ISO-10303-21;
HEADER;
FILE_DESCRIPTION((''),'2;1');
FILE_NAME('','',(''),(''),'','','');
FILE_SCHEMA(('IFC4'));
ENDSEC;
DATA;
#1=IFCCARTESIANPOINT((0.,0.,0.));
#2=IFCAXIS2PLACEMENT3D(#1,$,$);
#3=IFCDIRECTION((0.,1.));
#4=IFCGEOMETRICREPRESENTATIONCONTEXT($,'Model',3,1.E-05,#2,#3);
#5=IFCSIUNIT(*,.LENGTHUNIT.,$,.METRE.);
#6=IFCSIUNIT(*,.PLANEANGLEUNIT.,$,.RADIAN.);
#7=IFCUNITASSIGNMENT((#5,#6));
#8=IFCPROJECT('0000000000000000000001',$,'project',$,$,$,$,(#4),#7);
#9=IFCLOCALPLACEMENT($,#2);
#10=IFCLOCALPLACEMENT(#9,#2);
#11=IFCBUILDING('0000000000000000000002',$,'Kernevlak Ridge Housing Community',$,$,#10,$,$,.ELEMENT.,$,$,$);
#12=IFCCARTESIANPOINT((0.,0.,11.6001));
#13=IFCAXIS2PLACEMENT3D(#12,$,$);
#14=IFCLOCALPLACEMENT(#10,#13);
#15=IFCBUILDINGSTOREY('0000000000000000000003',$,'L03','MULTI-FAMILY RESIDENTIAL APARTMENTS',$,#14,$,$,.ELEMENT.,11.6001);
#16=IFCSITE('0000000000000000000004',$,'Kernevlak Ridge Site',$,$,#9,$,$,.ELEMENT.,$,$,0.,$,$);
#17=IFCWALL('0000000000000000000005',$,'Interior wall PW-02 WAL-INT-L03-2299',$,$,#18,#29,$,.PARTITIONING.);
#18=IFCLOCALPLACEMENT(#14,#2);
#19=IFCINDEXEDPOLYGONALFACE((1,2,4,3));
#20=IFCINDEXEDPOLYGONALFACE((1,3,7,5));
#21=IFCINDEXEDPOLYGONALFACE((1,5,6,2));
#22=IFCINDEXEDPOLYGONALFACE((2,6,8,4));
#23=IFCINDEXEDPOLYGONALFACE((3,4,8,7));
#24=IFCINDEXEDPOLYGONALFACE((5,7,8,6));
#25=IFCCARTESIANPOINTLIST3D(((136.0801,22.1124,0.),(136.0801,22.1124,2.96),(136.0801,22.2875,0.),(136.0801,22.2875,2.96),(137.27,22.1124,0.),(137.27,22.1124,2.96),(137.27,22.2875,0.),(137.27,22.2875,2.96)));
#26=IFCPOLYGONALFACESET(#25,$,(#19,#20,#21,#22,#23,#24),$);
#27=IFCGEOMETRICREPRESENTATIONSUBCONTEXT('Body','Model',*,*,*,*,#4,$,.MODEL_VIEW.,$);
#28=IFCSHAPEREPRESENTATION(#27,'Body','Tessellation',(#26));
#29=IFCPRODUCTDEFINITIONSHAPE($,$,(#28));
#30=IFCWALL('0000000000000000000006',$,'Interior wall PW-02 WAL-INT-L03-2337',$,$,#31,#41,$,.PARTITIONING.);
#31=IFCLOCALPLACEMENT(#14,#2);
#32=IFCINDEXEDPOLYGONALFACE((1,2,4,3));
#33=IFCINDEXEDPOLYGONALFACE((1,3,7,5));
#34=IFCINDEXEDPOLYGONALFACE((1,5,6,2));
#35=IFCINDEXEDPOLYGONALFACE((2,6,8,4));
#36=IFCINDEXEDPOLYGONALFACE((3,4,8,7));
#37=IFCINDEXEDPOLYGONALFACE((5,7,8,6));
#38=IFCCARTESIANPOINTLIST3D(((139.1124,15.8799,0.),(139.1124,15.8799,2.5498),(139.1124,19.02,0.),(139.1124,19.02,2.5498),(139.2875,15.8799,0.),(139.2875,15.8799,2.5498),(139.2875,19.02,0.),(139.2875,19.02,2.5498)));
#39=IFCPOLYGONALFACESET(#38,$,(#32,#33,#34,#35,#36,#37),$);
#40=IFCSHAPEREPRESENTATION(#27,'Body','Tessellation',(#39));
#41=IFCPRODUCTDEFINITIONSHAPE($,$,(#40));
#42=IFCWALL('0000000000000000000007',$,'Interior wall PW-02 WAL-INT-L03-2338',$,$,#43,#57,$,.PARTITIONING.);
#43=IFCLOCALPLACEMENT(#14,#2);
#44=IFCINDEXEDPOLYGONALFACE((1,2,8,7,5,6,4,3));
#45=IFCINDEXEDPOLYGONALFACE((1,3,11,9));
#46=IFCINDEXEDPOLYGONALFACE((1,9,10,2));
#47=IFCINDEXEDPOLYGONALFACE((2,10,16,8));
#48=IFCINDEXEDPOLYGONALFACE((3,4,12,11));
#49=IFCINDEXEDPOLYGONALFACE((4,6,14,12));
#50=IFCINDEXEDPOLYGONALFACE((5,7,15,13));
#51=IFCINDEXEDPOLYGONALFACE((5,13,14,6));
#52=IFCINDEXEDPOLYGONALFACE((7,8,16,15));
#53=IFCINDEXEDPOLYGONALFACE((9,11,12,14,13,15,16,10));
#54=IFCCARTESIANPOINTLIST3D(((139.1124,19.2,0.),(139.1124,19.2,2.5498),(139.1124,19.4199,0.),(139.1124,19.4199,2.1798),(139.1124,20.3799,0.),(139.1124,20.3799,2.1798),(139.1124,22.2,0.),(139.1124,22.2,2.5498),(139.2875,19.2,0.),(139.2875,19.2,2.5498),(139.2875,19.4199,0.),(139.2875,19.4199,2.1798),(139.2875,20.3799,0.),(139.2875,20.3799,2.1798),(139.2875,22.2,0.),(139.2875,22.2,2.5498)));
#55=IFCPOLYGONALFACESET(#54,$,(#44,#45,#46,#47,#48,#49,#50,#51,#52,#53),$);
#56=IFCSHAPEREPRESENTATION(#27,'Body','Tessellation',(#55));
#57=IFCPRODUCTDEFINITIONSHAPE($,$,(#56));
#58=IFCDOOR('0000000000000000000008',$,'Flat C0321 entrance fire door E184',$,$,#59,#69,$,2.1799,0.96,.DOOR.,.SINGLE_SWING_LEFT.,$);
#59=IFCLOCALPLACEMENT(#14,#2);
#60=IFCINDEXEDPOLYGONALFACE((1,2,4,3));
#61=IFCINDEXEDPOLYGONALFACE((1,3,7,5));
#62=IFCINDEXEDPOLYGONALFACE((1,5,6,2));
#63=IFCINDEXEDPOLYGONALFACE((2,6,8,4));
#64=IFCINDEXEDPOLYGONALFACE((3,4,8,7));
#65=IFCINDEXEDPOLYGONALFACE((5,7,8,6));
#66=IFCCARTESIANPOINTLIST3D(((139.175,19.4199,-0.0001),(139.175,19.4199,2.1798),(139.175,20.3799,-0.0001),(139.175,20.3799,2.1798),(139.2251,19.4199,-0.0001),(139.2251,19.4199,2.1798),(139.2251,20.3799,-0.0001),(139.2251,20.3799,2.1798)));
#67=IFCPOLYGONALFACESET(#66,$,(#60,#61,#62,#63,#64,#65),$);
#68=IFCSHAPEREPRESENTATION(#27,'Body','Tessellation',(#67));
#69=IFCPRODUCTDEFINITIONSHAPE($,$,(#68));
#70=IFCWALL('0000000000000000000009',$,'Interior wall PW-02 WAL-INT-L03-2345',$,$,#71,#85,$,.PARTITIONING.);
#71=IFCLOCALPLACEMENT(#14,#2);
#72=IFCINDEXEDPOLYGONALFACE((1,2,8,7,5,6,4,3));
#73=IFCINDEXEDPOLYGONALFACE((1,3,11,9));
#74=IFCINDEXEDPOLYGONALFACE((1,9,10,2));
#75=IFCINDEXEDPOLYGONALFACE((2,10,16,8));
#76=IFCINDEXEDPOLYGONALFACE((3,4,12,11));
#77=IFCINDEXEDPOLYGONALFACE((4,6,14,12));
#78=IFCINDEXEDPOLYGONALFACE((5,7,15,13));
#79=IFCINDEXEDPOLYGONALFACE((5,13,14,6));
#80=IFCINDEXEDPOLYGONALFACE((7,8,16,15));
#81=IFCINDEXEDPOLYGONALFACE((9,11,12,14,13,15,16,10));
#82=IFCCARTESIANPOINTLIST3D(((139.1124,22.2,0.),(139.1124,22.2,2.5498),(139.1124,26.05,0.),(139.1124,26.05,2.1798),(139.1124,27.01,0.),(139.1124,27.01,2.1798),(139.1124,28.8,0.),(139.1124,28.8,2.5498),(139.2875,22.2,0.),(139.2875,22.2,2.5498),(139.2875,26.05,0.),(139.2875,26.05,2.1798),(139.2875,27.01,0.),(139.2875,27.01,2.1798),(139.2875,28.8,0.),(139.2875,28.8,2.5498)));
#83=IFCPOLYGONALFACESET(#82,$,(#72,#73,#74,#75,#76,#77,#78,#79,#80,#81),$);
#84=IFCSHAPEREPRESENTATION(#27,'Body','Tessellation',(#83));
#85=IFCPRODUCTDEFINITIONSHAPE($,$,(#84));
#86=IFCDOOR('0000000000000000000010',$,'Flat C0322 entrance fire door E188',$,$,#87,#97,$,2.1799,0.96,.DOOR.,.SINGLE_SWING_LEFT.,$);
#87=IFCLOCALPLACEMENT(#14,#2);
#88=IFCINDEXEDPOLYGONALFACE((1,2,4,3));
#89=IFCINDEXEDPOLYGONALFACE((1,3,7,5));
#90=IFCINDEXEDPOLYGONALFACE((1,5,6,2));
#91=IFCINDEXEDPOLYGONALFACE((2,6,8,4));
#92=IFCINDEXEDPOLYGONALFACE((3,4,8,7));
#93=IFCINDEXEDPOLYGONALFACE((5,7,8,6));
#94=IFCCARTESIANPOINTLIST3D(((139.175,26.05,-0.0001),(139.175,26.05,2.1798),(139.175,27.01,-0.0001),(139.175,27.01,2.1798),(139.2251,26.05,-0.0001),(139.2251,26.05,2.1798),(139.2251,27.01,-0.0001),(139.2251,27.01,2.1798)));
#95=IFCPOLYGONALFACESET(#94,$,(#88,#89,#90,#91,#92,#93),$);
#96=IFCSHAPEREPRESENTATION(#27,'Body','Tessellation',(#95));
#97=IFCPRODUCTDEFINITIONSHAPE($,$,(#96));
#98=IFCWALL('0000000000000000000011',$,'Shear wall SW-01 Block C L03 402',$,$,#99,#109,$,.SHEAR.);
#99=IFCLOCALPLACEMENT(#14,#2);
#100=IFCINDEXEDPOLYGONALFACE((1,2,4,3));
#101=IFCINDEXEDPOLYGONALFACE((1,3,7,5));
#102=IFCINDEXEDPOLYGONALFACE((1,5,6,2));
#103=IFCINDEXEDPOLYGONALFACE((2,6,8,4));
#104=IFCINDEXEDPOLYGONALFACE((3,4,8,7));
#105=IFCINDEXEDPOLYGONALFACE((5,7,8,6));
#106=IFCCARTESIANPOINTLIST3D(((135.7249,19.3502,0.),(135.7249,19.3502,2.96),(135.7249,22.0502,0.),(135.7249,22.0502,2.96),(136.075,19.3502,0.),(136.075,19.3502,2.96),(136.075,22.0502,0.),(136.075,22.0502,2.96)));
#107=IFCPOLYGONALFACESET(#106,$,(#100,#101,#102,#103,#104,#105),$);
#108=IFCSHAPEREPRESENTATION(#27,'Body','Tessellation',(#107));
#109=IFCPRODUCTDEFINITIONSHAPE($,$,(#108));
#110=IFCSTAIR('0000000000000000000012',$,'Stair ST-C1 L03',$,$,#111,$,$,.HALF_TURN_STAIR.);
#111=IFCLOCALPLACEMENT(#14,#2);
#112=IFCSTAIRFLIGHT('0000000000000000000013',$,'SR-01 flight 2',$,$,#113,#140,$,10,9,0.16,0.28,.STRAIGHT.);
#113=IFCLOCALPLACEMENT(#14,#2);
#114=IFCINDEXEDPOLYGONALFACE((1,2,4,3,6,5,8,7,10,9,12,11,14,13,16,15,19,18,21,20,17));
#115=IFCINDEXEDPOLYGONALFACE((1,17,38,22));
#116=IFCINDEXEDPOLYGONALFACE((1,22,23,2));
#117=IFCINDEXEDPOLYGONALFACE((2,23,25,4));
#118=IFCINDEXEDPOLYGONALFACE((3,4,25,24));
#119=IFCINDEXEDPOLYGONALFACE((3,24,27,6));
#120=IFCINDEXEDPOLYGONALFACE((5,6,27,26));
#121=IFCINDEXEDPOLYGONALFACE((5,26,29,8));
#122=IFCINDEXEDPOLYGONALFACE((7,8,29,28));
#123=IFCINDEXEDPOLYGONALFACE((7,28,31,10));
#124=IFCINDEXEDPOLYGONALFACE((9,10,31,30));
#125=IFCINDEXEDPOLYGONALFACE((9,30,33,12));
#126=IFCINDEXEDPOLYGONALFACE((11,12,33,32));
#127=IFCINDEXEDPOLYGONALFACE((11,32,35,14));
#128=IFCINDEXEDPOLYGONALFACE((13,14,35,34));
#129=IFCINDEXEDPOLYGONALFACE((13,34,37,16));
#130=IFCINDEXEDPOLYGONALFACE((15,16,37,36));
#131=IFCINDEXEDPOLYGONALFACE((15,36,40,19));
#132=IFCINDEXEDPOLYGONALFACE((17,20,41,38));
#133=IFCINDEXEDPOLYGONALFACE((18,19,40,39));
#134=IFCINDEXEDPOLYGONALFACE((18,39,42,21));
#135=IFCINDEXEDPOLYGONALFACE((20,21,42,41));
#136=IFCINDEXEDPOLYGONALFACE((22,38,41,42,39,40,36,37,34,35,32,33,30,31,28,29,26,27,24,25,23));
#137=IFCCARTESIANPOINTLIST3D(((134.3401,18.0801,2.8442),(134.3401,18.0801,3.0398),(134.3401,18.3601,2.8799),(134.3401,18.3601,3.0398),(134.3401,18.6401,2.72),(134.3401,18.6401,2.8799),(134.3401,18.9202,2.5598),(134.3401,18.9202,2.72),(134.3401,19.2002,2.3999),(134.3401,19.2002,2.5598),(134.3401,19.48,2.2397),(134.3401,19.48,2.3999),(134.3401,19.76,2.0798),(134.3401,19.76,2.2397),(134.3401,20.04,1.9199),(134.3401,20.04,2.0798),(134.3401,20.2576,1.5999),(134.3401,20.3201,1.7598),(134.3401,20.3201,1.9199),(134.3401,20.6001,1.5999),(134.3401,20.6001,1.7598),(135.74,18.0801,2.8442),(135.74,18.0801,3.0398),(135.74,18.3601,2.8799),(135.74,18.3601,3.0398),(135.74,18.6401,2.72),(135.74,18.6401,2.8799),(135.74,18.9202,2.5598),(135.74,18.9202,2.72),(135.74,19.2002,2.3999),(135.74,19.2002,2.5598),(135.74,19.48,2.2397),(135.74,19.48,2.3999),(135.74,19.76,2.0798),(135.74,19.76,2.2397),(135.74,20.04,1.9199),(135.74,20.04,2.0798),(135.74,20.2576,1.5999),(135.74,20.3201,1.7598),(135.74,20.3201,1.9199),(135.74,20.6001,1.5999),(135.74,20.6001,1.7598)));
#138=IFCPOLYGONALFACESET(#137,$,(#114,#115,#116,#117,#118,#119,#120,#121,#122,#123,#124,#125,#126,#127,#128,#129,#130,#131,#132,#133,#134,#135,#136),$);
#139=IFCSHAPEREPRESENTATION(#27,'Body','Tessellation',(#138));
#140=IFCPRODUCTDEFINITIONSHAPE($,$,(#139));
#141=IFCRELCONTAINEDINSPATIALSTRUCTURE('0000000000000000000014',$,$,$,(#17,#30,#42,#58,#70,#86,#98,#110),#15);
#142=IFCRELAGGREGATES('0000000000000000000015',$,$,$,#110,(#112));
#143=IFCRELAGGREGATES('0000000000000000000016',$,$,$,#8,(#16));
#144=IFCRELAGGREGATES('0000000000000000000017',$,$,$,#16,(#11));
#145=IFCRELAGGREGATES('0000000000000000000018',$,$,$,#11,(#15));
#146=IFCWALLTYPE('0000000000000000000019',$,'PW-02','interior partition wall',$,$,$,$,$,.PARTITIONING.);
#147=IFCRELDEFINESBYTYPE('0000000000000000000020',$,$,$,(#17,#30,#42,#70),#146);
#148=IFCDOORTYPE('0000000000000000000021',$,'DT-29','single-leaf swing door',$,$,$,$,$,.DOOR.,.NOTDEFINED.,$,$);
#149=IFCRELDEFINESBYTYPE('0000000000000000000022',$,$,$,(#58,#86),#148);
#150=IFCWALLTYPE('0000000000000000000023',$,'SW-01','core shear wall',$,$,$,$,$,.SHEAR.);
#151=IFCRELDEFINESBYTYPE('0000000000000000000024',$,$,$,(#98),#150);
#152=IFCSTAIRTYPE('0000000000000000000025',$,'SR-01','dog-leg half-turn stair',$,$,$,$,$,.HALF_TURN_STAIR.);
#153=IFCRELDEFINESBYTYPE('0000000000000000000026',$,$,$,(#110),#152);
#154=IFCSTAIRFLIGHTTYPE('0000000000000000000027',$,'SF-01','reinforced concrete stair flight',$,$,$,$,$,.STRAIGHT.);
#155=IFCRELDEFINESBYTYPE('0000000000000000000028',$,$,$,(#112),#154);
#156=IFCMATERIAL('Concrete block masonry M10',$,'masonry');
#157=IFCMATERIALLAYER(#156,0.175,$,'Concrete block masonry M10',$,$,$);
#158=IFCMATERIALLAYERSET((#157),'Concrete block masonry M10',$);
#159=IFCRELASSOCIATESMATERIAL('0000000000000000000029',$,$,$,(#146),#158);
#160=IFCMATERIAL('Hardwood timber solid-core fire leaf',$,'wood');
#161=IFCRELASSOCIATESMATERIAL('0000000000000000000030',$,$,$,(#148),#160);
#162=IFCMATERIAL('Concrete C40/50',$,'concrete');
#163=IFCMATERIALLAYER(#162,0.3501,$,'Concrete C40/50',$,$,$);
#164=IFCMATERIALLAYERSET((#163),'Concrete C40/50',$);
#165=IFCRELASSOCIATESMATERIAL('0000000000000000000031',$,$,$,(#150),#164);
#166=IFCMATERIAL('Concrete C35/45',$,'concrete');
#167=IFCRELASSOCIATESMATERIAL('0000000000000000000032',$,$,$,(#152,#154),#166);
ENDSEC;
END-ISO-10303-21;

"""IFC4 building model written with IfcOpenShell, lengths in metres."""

from ifc_helpers import new_model, si_unit, direction, frame, frame_2d, origin, place, context, subcontext, project, spatial, polyline, rectangle, outline, extrude, material, layer, layer_set, type_object, element, fill, aggregate, save


model = new_model("IFC4")

# Units and contexts
model_context = context("Model", 3, precision=1e-05, world=origin(), true_north=direction((0.0, 1.0)))
body_context = subcontext(model_context, "Body", "Model", "MODEL_VIEW")
ifc_project = project(units=[si_unit("LENGTHUNIT", "METRE"), si_unit("PLANEANGLEUNIT", "RADIAN")], contexts=[model_context])

# Site, building, storey
site_placement = place(None, origin())
site = spatial("IfcSite", under=ifc_project, at=site_placement, Name="Kernevlak Ridge Site", CompositionType="ELEMENT", RefElevation=0.0)
building_placement = place(site_placement, origin())
building = spatial("IfcBuilding", under=site, at=building_placement, Name="Kernevlak Ridge Housing Community", CompositionType="ELEMENT")
storey_placement = place(building_placement, frame((0.0, 0.0, 11.6001)))
storey = spatial("IfcBuildingStorey", under=building, at=storey_placement, Name="L03", Description="MULTI-FAMILY RESIDENTIAL APARTMENTS", CompositionType="ELEMENT", Elevation=11.6001)

# Shared definitions
ifc_material_1 = material(Name="Concrete C40/50", Category="concrete")

# Shared definitions
ifc_material_2 = material(Name="Concrete C35/45", Category="concrete")

# Shared definitions
ifc_material_3 = material(Name="Concrete block masonry M10", Category="masonry")
ifc_layer_1 = layer(ifc_material_3, 0.175, Name="Concrete block masonry M10")
ifc_layer_set_1 = layer_set([ifc_layer_1], Name="Concrete block masonry M10")
wall_type_1 = type_object("IfcWallType", Name="PW-02", Description="interior partition wall", PredefinedType="PARTITIONING", material=ifc_layer_set_1)

# Walls
wall_1_placement = place(storey_placement, frame((136.0801, 22.2, 0.0), z_axis=(0.0, 0.0, 1.0), x_axis=(1.0, 0.0, 0.0)))
element("IfcWall", 1, at=wall_1_placement, inside=storey, type_object=wall_type_1, Name="Interior wall PW-02 WAL-INT-L03-2299", PredefinedType="PARTITIONING", context=body_context, shape_type="SweptSolid", body=[
    extrude(rectangle(XDim=1.1899, YDim=0.175, at=frame_2d((0.595, 0.0))), origin(), (0.0, 0.0, 1.0), 2.96),
])
wall_2_placement = place(storey_placement, frame((139.2, 15.8799, 0.0), z_axis=(0.0, 0.0, 1.0), x_axis=(0.0, 1.0, 0.0)))
element("IfcWall", 2, at=wall_2_placement, inside=storey, type_object=wall_type_1, Name="Interior wall PW-02 WAL-INT-L03-2337", PredefinedType="PARTITIONING", context=body_context, shape_type="SweptSolid", body=[
    extrude(rectangle(XDim=3.1401, YDim=0.175, at=frame_2d((1.5701, 0.0))), origin(), (0.0, 0.0, 1.0), 2.5498),
])

# Walls, openings, doors
wall_3_placement = place(storey_placement, frame((139.2, 19.2, 0.0), z_axis=(0.0, 0.0, 1.0), x_axis=(0.0, 1.0, 0.0)))
wall_3 = element("IfcWall", 3, at=wall_3_placement, inside=storey, type_object=wall_type_1, Name="Interior wall PW-02 WAL-INT-L03-2338", PredefinedType="PARTITIONING", context=body_context, shape_type="SweptSolid", body=[
    extrude(rectangle(XDim=3.0, YDim=0.175, at=frame_2d((1.5, 0.0))), origin(), (0.0, 0.0, 1.0), 2.5498),
])
opening_1_placement = place(wall_3_placement, frame((0.22, 0.0, 0.0)))
opening_1 = element("IfcOpeningElement", 4, at=opening_1_placement, cuts=wall_3, PredefinedType="OPENING", context=body_context, shape_type="SweptSolid", body=[
    extrude(rectangle(XDim=0.96, YDim=2.1799, at=frame_2d((0.48, 1.0898))), frame((0.0, 0.0974, 0.0), z_axis=(0.0, -1.0, 0.0), x_axis=(1.0, 0.0, 0.0)), (0.0, 0.0, 1.0), 0.1951),
])
ifc_material_4 = material(Name="Hardwood timber solid-core fire leaf", Category="wood")
door_type_1 = type_object("IfcDoorType", Name="DT-29", Description="single-leaf swing door", OperationType="NOTDEFINED", PredefinedType="DOOR", material=ifc_material_4)
door_1_placement = place(opening_1_placement, origin())
door_1 = element("IfcDoor", 5, at=door_1_placement, inside=storey, type_object=door_type_1, Name="Flat C0321 entrance fire door E184", OperationType="SINGLE_SWING_LEFT", OverallHeight=2.1799, OverallWidth=0.96, PredefinedType="DOOR", context=body_context, shape_type="SweptSolid", body=[
    extrude(rectangle(XDim=0.96, YDim=2.1799, at=frame_2d((0.48, 1.0898))), frame((0.0, 0.0249, 0.0), z_axis=(0.0, -1.0, 0.0), x_axis=(1.0, 0.0, 0.0)), (0.0, 0.0, 1.0), 0.05),
])
fill(opening_1, door_1)
wall_4_placement = place(storey_placement, frame((139.2, 22.2, 0.0), z_axis=(0.0, 0.0, 1.0), x_axis=(0.0, 1.0, 0.0)))
wall_4 = element("IfcWall", 6, at=wall_4_placement, inside=storey, type_object=wall_type_1, Name="Interior wall PW-02 WAL-INT-L03-2345", PredefinedType="PARTITIONING", context=body_context, shape_type="SweptSolid", body=[
    extrude(rectangle(XDim=6.6001, YDim=0.175, at=frame_2d((3.3, 0.0))), origin(), (0.0, 0.0, 1.0), 2.5498),
])
opening_2_placement = place(wall_4_placement, frame((3.8501, 0.0, 0.0)))
opening_2 = element("IfcOpeningElement", 7, at=opening_2_placement, cuts=wall_4, PredefinedType="OPENING", context=body_context, shape_type="SweptSolid", body=[
    extrude(rectangle(XDim=0.96, YDim=2.1799, at=frame_2d((0.48, 1.0898))), frame((0.0, 0.0974, 0.0), z_axis=(0.0, -1.0, 0.0), x_axis=(1.0, 0.0, 0.0)), (0.0, 0.0, 1.0), 0.1951),
])
door_2_placement = place(opening_2_placement, origin())
door_2 = element("IfcDoor", 8, at=door_2_placement, inside=storey, type_object=door_type_1, Name="Flat C0322 entrance fire door E188", OperationType="SINGLE_SWING_LEFT", OverallHeight=2.1799, OverallWidth=0.96, PredefinedType="DOOR", context=body_context, shape_type="SweptSolid", body=[
    extrude(rectangle(XDim=0.96, YDim=2.1799, at=frame_2d((0.48, 1.0898))), frame((0.0, 0.0249, 0.0), z_axis=(0.0, -1.0, 0.0), x_axis=(1.0, 0.0, 0.0)), (0.0, 0.0, 1.0), 0.05),
])
fill(opening_2, door_2)

# Wall
ifc_layer_2 = layer(ifc_material_1, 0.3501, Name="Concrete C40/50")
ifc_layer_set_2 = layer_set([ifc_layer_2], Name="Concrete C40/50")
wall_type_2 = type_object("IfcWallType", Name="SW-01", Description="core shear wall", PredefinedType="SHEAR", material=ifc_layer_set_2)
wall_5_placement = place(storey_placement, frame((135.8999, 19.3501, 0.0), z_axis=(0.0, 0.0, 1.0), x_axis=(0.0, 1.0, 0.0)))
element("IfcWall", 9, at=wall_5_placement, inside=storey, type_object=wall_type_2, Name="Shear wall SW-01 Block C L03 402", PredefinedType="SHEAR", context=body_context, shape_type="SweptSolid", body=[
    extrude(rectangle(XDim=2.7, YDim=0.3501, at=frame_2d((1.3501, 0.0))), origin(), (0.0, 0.0, 1.0), 2.96),
])

# Stair, stair flight
stair_type = type_object("IfcStairType", Name="SR-01", Description="dog-leg half-turn stair", PredefinedType="HALF_TURN_STAIR", material=ifc_material_2)
stair_placement = place(storey_placement, origin())
stair = element("IfcStair", 10, at=stair_placement, inside=storey, type_object=stair_type, Name="Stair ST-C1 L03", PredefinedType="HALF_TURN_STAIR")
stair_flight_type = type_object("IfcStairFlightType", Name="SF-01", Description="reinforced concrete stair flight", PredefinedType="STRAIGHT", material=ifc_material_2)
stair_flight_placement = place(storey_placement, frame((135.04, 20.6001, 1.5999), z_axis=(0.0, 0.0, 1.0), x_axis=(0.0, -1.0, 0.0)))
stair_flight = element("IfcStairFlight", 11, at=stair_flight_placement, type_object=stair_flight_type, Name="SR-01 flight 2", NumberOfRisers=10, NumberOfTreads=9, PredefinedType="STRAIGHT", RiserHeight=0.16, TreadLength=0.28, context=body_context, shape_type="SweptSolid", body=[
    extrude(outline(polyline([(0.0, 0.0), (0.0, 0.1599), (0.28, 0.1599), (0.28, 0.3201), (0.5601, 0.3201), (0.5601, 0.48), (0.8401, 0.48), (0.8401, 0.6399), (1.1201, 0.6399), (1.1201, 0.8), (1.3999, 0.8), (1.3999, 0.96), (1.6799, 0.96), (1.6799, 1.1201), (1.96, 1.1201), (1.96, 1.28), (2.24, 1.28), (2.24, 1.4399), (2.52, 1.4399), (2.52, 1.6001), (2.52, 1.2444), (0.3425, 0.0), (0.0, 0.0)])), frame((0.0, 0.7, 0.0), z_axis=(0.0, -1.0, 0.0), x_axis=(1.0, 0.0, 0.0)), (0.0, 0.0, 1.0), 1.3999),
])
aggregate(stair, [stair_flight])

save(model, "model.ifc")
